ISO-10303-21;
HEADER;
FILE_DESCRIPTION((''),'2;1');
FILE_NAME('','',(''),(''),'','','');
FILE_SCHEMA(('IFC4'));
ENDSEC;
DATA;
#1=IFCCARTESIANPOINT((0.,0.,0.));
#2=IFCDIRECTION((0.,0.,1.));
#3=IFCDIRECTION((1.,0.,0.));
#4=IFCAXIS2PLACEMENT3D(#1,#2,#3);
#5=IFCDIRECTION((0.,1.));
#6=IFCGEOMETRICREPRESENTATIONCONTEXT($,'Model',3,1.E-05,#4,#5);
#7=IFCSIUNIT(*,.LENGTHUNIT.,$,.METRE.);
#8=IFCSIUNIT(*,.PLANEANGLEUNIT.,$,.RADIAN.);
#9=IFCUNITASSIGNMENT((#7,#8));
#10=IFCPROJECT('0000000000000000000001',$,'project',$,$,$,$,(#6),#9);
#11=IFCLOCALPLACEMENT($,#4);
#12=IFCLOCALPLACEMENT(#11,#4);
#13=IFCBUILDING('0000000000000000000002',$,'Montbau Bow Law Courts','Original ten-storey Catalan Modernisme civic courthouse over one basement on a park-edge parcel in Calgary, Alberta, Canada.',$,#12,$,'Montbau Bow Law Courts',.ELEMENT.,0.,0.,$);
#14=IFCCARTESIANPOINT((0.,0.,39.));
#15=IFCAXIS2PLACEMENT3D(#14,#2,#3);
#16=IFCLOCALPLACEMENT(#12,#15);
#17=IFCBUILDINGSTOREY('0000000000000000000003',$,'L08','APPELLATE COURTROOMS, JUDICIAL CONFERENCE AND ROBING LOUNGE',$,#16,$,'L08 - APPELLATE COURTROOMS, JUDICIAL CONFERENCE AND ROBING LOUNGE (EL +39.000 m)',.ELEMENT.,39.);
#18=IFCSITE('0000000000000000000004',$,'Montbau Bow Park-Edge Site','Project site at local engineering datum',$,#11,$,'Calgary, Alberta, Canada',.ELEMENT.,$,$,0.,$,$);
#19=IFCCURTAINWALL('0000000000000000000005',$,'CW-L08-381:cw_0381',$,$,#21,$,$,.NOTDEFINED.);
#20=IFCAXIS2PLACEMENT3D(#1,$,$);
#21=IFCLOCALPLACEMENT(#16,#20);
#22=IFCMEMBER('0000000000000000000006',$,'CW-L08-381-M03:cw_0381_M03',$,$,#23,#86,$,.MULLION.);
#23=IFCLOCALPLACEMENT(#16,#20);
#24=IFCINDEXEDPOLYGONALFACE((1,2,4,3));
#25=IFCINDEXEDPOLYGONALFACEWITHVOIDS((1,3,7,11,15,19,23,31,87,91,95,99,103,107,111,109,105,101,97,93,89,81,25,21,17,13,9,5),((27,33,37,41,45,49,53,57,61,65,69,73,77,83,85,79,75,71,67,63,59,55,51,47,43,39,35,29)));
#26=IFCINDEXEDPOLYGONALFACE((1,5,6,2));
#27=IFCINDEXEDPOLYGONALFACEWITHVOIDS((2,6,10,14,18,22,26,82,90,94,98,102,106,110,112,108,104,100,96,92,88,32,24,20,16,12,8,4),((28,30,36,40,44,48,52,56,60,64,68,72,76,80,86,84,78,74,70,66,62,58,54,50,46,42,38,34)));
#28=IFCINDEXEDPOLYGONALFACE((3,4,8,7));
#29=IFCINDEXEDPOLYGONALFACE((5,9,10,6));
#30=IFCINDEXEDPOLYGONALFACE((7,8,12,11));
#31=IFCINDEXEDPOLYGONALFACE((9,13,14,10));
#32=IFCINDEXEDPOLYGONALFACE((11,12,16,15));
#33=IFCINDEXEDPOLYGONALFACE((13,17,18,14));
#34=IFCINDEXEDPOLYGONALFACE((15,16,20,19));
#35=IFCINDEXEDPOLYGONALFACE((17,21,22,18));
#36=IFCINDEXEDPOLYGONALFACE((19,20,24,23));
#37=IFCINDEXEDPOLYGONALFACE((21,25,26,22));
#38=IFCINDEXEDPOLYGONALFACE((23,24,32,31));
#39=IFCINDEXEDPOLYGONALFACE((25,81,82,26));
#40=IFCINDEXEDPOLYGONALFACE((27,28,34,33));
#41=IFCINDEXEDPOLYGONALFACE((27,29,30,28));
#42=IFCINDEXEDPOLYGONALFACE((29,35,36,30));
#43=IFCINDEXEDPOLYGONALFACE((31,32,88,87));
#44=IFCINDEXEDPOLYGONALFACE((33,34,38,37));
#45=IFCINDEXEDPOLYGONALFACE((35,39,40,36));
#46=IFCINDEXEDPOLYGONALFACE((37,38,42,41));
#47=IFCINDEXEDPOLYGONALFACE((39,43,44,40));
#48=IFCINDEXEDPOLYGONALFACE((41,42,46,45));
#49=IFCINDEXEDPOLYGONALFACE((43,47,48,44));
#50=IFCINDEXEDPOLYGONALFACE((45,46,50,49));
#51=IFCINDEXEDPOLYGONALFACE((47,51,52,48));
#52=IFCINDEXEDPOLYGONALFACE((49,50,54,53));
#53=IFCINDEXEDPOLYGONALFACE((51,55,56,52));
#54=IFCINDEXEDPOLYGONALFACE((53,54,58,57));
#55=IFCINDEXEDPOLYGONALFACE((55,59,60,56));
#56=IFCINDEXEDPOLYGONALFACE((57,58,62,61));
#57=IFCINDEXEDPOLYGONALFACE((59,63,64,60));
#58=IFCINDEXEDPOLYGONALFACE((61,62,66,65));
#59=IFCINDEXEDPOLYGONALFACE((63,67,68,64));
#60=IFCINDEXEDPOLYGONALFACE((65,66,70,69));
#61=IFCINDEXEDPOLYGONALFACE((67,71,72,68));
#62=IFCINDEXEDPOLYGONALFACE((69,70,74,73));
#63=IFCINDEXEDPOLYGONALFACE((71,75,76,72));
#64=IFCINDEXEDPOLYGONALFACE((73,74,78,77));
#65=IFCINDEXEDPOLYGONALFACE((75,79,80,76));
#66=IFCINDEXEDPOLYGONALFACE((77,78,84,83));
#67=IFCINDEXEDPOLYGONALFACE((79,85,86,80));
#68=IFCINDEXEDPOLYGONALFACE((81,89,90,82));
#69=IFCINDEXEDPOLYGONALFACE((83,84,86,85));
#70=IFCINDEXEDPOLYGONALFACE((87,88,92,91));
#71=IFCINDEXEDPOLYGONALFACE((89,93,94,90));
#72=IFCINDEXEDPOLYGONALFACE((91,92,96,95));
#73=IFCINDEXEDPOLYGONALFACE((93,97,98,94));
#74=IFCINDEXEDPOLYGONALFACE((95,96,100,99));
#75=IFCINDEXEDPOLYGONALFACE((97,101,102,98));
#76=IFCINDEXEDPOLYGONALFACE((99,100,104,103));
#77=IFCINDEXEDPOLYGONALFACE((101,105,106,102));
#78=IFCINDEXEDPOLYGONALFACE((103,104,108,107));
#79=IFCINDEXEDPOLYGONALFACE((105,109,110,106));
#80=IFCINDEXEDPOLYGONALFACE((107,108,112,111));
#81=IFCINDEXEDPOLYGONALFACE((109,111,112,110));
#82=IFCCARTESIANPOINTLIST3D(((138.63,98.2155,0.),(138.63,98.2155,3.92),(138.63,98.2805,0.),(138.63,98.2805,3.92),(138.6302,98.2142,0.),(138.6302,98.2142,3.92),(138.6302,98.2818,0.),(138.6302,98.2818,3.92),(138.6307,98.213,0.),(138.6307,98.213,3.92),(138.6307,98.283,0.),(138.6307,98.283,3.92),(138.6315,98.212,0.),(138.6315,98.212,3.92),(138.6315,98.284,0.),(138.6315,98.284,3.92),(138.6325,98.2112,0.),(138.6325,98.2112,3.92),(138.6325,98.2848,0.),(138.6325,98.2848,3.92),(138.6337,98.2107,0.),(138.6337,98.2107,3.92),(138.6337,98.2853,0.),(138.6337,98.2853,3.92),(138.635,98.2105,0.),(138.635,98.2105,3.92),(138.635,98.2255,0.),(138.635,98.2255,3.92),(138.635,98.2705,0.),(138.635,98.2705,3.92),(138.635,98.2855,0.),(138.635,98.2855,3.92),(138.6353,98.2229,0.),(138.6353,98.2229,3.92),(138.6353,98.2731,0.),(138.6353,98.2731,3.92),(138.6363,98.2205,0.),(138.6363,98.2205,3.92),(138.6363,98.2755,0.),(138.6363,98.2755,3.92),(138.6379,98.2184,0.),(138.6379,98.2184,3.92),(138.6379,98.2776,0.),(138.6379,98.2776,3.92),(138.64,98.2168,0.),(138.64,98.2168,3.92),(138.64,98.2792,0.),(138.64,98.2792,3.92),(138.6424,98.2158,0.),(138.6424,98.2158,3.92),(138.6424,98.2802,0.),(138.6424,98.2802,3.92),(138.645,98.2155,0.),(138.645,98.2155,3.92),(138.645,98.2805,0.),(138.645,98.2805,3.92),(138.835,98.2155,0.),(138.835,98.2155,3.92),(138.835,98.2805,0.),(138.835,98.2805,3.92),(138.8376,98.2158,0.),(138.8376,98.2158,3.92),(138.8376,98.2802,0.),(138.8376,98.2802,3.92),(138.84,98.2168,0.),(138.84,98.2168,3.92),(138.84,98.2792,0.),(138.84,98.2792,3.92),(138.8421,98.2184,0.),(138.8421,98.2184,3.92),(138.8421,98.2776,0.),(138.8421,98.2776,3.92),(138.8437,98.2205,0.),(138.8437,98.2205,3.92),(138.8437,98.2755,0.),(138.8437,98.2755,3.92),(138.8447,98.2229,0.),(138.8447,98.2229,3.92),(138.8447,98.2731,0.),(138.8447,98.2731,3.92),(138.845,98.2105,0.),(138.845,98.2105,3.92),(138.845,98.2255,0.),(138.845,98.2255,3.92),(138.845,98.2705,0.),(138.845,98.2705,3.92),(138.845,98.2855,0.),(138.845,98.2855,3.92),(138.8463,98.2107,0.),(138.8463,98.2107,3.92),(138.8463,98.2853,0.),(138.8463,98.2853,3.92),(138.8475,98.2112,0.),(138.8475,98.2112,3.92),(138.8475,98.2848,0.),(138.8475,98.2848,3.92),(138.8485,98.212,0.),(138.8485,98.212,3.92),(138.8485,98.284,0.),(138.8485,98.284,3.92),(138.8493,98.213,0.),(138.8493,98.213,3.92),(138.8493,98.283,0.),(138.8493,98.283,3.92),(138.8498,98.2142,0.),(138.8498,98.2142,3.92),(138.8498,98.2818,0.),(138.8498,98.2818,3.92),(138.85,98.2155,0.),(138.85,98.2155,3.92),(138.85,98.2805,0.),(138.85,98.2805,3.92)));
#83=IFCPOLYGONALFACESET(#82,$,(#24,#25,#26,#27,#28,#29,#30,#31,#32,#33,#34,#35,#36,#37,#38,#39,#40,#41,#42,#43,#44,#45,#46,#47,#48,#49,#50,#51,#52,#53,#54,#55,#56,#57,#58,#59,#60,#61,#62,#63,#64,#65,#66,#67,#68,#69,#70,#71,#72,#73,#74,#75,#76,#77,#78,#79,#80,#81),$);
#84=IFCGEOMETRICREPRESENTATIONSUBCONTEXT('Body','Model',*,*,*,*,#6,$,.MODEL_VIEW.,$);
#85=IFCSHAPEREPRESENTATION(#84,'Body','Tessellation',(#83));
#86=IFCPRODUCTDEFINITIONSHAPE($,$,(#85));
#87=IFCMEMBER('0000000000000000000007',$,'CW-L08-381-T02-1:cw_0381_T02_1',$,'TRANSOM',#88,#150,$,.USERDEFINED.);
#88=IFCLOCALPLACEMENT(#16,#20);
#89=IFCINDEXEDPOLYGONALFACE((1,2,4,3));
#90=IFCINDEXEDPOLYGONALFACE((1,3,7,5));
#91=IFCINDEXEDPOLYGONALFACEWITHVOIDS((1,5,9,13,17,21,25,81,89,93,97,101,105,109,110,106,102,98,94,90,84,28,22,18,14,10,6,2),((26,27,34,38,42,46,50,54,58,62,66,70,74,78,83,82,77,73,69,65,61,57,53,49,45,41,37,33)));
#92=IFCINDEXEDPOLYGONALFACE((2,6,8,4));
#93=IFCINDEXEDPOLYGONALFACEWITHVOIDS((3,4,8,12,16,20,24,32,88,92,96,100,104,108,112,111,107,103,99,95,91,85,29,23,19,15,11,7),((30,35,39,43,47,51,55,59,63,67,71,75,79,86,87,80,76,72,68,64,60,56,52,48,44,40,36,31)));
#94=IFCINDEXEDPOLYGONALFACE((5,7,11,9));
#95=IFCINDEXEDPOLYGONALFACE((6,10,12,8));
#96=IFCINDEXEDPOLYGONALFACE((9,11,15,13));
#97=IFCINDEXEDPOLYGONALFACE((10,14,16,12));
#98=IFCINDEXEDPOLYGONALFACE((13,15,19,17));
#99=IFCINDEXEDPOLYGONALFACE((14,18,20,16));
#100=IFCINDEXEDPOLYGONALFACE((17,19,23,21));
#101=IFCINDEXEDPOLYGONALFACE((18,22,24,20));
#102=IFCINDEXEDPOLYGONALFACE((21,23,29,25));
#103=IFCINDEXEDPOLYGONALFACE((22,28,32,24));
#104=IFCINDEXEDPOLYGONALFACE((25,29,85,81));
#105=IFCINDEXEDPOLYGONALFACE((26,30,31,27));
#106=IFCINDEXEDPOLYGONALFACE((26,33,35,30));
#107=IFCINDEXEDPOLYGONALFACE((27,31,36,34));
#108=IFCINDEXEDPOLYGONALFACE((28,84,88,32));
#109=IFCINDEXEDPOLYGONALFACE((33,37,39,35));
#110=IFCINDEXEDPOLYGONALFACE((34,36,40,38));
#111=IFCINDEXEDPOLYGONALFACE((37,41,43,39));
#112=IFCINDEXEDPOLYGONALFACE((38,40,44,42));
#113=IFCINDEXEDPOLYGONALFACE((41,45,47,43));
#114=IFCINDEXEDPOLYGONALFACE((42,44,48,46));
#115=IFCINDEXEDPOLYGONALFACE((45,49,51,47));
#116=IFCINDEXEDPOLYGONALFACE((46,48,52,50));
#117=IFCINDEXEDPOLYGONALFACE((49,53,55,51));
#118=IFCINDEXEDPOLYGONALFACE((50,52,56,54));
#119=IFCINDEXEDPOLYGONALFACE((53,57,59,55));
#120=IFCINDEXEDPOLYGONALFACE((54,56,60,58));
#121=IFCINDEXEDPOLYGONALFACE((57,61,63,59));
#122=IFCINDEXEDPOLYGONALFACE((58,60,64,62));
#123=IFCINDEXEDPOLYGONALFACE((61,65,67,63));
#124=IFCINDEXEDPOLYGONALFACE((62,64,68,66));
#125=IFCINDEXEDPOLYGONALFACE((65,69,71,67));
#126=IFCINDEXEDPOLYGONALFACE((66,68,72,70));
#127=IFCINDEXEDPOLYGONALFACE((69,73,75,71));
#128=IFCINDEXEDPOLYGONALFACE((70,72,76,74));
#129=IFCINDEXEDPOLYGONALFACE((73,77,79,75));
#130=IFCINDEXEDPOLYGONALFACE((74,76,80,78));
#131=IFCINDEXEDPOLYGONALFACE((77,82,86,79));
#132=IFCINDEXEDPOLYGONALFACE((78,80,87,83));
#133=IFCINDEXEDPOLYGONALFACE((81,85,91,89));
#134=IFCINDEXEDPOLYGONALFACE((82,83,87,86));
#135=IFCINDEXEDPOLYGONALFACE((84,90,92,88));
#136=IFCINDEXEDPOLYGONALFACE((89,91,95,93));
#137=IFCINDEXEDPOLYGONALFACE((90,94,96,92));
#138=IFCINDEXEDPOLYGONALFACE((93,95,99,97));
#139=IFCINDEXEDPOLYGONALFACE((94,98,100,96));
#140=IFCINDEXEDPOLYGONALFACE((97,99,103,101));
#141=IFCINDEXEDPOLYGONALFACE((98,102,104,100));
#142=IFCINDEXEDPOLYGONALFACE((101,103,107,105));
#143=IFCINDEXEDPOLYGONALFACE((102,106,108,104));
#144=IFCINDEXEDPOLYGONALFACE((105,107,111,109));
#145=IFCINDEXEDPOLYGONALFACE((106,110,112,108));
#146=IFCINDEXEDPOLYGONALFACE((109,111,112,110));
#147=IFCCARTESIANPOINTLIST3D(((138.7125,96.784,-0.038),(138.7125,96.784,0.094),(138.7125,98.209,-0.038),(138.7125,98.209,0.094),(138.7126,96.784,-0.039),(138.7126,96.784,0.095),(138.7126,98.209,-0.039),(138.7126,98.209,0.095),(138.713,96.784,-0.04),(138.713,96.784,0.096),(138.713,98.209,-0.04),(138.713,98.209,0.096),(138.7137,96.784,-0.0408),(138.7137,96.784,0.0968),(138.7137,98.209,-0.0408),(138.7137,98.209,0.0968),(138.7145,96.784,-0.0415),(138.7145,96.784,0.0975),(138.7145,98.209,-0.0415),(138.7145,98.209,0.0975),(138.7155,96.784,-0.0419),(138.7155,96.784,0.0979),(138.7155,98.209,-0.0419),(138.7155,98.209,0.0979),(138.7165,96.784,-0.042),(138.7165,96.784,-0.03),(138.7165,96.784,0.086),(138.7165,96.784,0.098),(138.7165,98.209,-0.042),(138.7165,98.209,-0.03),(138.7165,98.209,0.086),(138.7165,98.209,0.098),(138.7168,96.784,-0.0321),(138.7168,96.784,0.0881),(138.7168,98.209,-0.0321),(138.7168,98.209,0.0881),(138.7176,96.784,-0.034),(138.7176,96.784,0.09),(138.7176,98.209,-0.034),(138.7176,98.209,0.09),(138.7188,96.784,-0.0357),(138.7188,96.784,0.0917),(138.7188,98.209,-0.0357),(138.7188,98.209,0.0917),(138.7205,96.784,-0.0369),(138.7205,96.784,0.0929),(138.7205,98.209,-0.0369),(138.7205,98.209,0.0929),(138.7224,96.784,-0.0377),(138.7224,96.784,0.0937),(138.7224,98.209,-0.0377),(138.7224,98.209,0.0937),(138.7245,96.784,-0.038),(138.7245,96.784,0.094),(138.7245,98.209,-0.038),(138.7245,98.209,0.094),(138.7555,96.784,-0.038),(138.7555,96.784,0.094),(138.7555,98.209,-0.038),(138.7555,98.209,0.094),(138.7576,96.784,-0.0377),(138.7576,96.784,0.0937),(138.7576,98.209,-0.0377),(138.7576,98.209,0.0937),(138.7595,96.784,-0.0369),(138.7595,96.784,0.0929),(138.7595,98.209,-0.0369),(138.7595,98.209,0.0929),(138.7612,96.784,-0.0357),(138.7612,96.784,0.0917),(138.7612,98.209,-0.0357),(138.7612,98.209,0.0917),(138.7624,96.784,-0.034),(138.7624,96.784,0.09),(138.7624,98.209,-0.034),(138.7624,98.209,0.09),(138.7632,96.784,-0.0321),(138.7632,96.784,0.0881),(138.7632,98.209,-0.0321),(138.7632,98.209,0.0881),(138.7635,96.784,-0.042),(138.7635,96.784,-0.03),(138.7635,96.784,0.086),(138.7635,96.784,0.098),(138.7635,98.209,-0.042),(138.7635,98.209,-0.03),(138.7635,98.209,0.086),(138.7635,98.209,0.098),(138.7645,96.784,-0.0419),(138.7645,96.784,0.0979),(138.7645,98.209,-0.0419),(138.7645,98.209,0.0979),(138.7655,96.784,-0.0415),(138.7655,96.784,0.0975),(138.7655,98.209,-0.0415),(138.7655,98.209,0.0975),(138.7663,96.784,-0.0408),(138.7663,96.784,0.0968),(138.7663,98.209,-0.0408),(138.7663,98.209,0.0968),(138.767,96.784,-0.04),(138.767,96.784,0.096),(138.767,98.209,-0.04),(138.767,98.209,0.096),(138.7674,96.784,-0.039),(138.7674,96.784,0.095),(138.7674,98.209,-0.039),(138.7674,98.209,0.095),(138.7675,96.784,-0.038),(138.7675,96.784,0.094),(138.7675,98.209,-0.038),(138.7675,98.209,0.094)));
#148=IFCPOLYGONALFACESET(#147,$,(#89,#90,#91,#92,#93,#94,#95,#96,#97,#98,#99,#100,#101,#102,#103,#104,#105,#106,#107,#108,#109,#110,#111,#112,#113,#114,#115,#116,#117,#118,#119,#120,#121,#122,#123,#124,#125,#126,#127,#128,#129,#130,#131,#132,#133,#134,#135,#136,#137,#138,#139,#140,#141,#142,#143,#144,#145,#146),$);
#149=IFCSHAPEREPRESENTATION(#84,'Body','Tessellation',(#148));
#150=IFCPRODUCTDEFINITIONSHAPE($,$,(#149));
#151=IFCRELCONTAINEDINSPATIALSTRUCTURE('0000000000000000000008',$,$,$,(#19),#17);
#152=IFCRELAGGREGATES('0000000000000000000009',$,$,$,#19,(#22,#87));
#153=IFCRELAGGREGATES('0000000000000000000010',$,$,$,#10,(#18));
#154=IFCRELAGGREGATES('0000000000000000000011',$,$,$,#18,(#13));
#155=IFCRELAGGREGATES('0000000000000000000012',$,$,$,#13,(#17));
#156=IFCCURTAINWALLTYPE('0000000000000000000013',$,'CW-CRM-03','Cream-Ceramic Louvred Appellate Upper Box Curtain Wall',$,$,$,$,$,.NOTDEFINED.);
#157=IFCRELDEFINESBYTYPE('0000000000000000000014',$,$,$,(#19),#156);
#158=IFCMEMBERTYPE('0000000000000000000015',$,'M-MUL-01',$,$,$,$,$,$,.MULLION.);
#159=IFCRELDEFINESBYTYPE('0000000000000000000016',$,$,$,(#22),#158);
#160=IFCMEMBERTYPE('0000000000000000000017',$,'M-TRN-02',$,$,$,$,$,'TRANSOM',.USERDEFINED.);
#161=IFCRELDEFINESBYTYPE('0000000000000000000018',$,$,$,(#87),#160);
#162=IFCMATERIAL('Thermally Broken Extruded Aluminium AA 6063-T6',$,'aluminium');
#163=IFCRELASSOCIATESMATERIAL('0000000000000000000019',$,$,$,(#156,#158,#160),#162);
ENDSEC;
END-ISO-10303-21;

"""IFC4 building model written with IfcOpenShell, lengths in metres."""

from ifc_helpers import new_model, si_unit, direction, frame, origin_with_axes, origin_2d_with_axis, place, context, subcontext, project, spatial, hollow_rectangle, extrude, material, material_profile, profile_set, type_object, element, aggregate, save


model = new_model("IFC4")

# Units and contexts
model_context = context("Model", 3, precision=1e-05, world=origin_with_axes(), true_north=direction((0.0, 1.0)))
body_context = subcontext(model_context, "Body", "Model", "MODEL_VIEW")
ifc_project = project(units=[si_unit("LENGTHUNIT", "METRE"), si_unit("PLANEANGLEUNIT", "RADIAN")], contexts=[model_context])

# Site, building, storey
site_placement = place(None, origin_with_axes())
site = spatial("IfcSite", under=ifc_project, at=site_placement, Name="Montbau Bow Park-Edge Site", Description="Project site at local engineering datum", LongName="Calgary, Alberta, Canada", CompositionType="ELEMENT", RefElevation=0.0)
building_placement = place(site_placement, origin_with_axes())
building = spatial("IfcBuilding", under=site, at=building_placement, Name="Montbau Bow Law Courts", Description="Original ten-storey Catalan Modernisme civic courthouse over one basement on a park-edge parcel in Calgary, Alberta, Canada.", LongName="Montbau Bow Law Courts", CompositionType="ELEMENT", ElevationOfRefHeight=0.0, ElevationOfTerrain=0.0)
storey_placement = place(building_placement, frame((0.0, 0.0, 39.0), z_axis=(0.0, 0.0, 1.0), x_axis=(1.0, 0.0, 0.0)))
storey = spatial("IfcBuildingStorey", under=building, at=storey_placement, Name="L08", Description="APPELLATE COURTROOMS, JUDICIAL CONFERENCE AND ROBING LOUNGE", LongName="L08 - APPELLATE COURTROOMS, JUDICIAL CONFERENCE AND ROBING LOUNGE (EL +39.000 m)", CompositionType="ELEMENT", Elevation=39.0)

# Curtain wall, members
ifc_material_1 = material(Name="Thermally Broken Extruded Aluminium AA 6063-T6", Category="aluminium")
curtain_wall_type = type_object("IfcCurtainWallType", Name="CW-CRM-03", Description="Cream-Ceramic Louvred Appellate Upper Box Curtain Wall", PredefinedType="NOTDEFINED", material=ifc_material_1)
curtain_wall_placement = place(None, frame((138.74, 95.24, 39.0), z_axis=(0.0, 0.0, 1.0), x_axis=(1.0, 0.0, 0.0)))
curtain_wall = element("IfcCurtainWall", 1, at=curtain_wall_placement, inside=storey, type_object=curtain_wall_type, Name="CW-L08-381:cw_0381", PredefinedType="NOTDEFINED")
ifc_material_profile_1 = material_profile(ifc_material_1, hollow_rectangle(XDim=0.075, YDim=0.22, WallThickness=0.005, InnerFilletRadius=0.01, OuterFilletRadius=0.005, at=origin_2d_with_axis()), Name="CWM-220X75", Category="Main", Priority=0)
ifc_profile_set_1 = profile_set([ifc_material_profile_1], Name="Thermally Broken Extruded Aluminium AA 6063-T6")
member_type_1 = type_object("IfcMemberType", Name="M-MUL-01", PredefinedType="MULLION", material=ifc_profile_set_1)
member_1_placement = place(None, frame((138.74, 98.248, 39.0), z_axis=(0.0, 0.0, 1.0), x_axis=(0.0, 1.0, 0.0)))
member_1 = element("IfcMember", 2, at=member_1_placement, type_object=member_type_1, Name="CW-L08-381-M03:cw_0381_M03", PredefinedType="MULLION", context=body_context, shape_type="SweptSolid", body=[
    extrude(hollow_rectangle(XDim=0.075, YDim=0.22, WallThickness=0.005, InnerFilletRadius=0.01, OuterFilletRadius=0.005, at=origin_2d_with_axis()), origin_with_axes(), (0.0, 0.0, 1.0), 3.92),
])
ifc_material_profile_2 = material_profile(ifc_material_1, hollow_rectangle(XDim=0.055, YDim=0.14, WallThickness=0.004, InnerFilletRadius=0.008, OuterFilletRadius=0.004, at=origin_2d_with_axis()), Name="CWT-140X55", Category="Main", Priority=0)
ifc_profile_set_2 = profile_set([ifc_material_profile_2], Name="Thermally Broken Extruded Aluminium AA 6063-T6")
member_type_2 = type_object("IfcMemberType", Name="M-TRN-02", ElementType="TRANSOM", PredefinedType="USERDEFINED", material=ifc_profile_set_2)
member_2_placement = place(None, frame((138.74, 96.784, 39.028), z_axis=(0.0, 1.0, 0.0), x_axis=(-1.0, 0.0, 0.0)))
member_2 = element("IfcMember", 3, at=member_2_placement, type_object=member_type_2, Name="CW-L08-381-T02-1:cw_0381_T02_1", ObjectType="TRANSOM", PredefinedType="USERDEFINED", context=body_context, shape_type="SweptSolid", body=[
    extrude(hollow_rectangle(XDim=0.055, YDim=0.14, WallThickness=0.004, InnerFilletRadius=0.008, OuterFilletRadius=0.004, at=origin_2d_with_axis()), origin_with_axes(), (0.0, 0.0, 1.0), 1.425),
])
aggregate(curtain_wall, [member_1, member_2])

save(model, "model.ifc")
